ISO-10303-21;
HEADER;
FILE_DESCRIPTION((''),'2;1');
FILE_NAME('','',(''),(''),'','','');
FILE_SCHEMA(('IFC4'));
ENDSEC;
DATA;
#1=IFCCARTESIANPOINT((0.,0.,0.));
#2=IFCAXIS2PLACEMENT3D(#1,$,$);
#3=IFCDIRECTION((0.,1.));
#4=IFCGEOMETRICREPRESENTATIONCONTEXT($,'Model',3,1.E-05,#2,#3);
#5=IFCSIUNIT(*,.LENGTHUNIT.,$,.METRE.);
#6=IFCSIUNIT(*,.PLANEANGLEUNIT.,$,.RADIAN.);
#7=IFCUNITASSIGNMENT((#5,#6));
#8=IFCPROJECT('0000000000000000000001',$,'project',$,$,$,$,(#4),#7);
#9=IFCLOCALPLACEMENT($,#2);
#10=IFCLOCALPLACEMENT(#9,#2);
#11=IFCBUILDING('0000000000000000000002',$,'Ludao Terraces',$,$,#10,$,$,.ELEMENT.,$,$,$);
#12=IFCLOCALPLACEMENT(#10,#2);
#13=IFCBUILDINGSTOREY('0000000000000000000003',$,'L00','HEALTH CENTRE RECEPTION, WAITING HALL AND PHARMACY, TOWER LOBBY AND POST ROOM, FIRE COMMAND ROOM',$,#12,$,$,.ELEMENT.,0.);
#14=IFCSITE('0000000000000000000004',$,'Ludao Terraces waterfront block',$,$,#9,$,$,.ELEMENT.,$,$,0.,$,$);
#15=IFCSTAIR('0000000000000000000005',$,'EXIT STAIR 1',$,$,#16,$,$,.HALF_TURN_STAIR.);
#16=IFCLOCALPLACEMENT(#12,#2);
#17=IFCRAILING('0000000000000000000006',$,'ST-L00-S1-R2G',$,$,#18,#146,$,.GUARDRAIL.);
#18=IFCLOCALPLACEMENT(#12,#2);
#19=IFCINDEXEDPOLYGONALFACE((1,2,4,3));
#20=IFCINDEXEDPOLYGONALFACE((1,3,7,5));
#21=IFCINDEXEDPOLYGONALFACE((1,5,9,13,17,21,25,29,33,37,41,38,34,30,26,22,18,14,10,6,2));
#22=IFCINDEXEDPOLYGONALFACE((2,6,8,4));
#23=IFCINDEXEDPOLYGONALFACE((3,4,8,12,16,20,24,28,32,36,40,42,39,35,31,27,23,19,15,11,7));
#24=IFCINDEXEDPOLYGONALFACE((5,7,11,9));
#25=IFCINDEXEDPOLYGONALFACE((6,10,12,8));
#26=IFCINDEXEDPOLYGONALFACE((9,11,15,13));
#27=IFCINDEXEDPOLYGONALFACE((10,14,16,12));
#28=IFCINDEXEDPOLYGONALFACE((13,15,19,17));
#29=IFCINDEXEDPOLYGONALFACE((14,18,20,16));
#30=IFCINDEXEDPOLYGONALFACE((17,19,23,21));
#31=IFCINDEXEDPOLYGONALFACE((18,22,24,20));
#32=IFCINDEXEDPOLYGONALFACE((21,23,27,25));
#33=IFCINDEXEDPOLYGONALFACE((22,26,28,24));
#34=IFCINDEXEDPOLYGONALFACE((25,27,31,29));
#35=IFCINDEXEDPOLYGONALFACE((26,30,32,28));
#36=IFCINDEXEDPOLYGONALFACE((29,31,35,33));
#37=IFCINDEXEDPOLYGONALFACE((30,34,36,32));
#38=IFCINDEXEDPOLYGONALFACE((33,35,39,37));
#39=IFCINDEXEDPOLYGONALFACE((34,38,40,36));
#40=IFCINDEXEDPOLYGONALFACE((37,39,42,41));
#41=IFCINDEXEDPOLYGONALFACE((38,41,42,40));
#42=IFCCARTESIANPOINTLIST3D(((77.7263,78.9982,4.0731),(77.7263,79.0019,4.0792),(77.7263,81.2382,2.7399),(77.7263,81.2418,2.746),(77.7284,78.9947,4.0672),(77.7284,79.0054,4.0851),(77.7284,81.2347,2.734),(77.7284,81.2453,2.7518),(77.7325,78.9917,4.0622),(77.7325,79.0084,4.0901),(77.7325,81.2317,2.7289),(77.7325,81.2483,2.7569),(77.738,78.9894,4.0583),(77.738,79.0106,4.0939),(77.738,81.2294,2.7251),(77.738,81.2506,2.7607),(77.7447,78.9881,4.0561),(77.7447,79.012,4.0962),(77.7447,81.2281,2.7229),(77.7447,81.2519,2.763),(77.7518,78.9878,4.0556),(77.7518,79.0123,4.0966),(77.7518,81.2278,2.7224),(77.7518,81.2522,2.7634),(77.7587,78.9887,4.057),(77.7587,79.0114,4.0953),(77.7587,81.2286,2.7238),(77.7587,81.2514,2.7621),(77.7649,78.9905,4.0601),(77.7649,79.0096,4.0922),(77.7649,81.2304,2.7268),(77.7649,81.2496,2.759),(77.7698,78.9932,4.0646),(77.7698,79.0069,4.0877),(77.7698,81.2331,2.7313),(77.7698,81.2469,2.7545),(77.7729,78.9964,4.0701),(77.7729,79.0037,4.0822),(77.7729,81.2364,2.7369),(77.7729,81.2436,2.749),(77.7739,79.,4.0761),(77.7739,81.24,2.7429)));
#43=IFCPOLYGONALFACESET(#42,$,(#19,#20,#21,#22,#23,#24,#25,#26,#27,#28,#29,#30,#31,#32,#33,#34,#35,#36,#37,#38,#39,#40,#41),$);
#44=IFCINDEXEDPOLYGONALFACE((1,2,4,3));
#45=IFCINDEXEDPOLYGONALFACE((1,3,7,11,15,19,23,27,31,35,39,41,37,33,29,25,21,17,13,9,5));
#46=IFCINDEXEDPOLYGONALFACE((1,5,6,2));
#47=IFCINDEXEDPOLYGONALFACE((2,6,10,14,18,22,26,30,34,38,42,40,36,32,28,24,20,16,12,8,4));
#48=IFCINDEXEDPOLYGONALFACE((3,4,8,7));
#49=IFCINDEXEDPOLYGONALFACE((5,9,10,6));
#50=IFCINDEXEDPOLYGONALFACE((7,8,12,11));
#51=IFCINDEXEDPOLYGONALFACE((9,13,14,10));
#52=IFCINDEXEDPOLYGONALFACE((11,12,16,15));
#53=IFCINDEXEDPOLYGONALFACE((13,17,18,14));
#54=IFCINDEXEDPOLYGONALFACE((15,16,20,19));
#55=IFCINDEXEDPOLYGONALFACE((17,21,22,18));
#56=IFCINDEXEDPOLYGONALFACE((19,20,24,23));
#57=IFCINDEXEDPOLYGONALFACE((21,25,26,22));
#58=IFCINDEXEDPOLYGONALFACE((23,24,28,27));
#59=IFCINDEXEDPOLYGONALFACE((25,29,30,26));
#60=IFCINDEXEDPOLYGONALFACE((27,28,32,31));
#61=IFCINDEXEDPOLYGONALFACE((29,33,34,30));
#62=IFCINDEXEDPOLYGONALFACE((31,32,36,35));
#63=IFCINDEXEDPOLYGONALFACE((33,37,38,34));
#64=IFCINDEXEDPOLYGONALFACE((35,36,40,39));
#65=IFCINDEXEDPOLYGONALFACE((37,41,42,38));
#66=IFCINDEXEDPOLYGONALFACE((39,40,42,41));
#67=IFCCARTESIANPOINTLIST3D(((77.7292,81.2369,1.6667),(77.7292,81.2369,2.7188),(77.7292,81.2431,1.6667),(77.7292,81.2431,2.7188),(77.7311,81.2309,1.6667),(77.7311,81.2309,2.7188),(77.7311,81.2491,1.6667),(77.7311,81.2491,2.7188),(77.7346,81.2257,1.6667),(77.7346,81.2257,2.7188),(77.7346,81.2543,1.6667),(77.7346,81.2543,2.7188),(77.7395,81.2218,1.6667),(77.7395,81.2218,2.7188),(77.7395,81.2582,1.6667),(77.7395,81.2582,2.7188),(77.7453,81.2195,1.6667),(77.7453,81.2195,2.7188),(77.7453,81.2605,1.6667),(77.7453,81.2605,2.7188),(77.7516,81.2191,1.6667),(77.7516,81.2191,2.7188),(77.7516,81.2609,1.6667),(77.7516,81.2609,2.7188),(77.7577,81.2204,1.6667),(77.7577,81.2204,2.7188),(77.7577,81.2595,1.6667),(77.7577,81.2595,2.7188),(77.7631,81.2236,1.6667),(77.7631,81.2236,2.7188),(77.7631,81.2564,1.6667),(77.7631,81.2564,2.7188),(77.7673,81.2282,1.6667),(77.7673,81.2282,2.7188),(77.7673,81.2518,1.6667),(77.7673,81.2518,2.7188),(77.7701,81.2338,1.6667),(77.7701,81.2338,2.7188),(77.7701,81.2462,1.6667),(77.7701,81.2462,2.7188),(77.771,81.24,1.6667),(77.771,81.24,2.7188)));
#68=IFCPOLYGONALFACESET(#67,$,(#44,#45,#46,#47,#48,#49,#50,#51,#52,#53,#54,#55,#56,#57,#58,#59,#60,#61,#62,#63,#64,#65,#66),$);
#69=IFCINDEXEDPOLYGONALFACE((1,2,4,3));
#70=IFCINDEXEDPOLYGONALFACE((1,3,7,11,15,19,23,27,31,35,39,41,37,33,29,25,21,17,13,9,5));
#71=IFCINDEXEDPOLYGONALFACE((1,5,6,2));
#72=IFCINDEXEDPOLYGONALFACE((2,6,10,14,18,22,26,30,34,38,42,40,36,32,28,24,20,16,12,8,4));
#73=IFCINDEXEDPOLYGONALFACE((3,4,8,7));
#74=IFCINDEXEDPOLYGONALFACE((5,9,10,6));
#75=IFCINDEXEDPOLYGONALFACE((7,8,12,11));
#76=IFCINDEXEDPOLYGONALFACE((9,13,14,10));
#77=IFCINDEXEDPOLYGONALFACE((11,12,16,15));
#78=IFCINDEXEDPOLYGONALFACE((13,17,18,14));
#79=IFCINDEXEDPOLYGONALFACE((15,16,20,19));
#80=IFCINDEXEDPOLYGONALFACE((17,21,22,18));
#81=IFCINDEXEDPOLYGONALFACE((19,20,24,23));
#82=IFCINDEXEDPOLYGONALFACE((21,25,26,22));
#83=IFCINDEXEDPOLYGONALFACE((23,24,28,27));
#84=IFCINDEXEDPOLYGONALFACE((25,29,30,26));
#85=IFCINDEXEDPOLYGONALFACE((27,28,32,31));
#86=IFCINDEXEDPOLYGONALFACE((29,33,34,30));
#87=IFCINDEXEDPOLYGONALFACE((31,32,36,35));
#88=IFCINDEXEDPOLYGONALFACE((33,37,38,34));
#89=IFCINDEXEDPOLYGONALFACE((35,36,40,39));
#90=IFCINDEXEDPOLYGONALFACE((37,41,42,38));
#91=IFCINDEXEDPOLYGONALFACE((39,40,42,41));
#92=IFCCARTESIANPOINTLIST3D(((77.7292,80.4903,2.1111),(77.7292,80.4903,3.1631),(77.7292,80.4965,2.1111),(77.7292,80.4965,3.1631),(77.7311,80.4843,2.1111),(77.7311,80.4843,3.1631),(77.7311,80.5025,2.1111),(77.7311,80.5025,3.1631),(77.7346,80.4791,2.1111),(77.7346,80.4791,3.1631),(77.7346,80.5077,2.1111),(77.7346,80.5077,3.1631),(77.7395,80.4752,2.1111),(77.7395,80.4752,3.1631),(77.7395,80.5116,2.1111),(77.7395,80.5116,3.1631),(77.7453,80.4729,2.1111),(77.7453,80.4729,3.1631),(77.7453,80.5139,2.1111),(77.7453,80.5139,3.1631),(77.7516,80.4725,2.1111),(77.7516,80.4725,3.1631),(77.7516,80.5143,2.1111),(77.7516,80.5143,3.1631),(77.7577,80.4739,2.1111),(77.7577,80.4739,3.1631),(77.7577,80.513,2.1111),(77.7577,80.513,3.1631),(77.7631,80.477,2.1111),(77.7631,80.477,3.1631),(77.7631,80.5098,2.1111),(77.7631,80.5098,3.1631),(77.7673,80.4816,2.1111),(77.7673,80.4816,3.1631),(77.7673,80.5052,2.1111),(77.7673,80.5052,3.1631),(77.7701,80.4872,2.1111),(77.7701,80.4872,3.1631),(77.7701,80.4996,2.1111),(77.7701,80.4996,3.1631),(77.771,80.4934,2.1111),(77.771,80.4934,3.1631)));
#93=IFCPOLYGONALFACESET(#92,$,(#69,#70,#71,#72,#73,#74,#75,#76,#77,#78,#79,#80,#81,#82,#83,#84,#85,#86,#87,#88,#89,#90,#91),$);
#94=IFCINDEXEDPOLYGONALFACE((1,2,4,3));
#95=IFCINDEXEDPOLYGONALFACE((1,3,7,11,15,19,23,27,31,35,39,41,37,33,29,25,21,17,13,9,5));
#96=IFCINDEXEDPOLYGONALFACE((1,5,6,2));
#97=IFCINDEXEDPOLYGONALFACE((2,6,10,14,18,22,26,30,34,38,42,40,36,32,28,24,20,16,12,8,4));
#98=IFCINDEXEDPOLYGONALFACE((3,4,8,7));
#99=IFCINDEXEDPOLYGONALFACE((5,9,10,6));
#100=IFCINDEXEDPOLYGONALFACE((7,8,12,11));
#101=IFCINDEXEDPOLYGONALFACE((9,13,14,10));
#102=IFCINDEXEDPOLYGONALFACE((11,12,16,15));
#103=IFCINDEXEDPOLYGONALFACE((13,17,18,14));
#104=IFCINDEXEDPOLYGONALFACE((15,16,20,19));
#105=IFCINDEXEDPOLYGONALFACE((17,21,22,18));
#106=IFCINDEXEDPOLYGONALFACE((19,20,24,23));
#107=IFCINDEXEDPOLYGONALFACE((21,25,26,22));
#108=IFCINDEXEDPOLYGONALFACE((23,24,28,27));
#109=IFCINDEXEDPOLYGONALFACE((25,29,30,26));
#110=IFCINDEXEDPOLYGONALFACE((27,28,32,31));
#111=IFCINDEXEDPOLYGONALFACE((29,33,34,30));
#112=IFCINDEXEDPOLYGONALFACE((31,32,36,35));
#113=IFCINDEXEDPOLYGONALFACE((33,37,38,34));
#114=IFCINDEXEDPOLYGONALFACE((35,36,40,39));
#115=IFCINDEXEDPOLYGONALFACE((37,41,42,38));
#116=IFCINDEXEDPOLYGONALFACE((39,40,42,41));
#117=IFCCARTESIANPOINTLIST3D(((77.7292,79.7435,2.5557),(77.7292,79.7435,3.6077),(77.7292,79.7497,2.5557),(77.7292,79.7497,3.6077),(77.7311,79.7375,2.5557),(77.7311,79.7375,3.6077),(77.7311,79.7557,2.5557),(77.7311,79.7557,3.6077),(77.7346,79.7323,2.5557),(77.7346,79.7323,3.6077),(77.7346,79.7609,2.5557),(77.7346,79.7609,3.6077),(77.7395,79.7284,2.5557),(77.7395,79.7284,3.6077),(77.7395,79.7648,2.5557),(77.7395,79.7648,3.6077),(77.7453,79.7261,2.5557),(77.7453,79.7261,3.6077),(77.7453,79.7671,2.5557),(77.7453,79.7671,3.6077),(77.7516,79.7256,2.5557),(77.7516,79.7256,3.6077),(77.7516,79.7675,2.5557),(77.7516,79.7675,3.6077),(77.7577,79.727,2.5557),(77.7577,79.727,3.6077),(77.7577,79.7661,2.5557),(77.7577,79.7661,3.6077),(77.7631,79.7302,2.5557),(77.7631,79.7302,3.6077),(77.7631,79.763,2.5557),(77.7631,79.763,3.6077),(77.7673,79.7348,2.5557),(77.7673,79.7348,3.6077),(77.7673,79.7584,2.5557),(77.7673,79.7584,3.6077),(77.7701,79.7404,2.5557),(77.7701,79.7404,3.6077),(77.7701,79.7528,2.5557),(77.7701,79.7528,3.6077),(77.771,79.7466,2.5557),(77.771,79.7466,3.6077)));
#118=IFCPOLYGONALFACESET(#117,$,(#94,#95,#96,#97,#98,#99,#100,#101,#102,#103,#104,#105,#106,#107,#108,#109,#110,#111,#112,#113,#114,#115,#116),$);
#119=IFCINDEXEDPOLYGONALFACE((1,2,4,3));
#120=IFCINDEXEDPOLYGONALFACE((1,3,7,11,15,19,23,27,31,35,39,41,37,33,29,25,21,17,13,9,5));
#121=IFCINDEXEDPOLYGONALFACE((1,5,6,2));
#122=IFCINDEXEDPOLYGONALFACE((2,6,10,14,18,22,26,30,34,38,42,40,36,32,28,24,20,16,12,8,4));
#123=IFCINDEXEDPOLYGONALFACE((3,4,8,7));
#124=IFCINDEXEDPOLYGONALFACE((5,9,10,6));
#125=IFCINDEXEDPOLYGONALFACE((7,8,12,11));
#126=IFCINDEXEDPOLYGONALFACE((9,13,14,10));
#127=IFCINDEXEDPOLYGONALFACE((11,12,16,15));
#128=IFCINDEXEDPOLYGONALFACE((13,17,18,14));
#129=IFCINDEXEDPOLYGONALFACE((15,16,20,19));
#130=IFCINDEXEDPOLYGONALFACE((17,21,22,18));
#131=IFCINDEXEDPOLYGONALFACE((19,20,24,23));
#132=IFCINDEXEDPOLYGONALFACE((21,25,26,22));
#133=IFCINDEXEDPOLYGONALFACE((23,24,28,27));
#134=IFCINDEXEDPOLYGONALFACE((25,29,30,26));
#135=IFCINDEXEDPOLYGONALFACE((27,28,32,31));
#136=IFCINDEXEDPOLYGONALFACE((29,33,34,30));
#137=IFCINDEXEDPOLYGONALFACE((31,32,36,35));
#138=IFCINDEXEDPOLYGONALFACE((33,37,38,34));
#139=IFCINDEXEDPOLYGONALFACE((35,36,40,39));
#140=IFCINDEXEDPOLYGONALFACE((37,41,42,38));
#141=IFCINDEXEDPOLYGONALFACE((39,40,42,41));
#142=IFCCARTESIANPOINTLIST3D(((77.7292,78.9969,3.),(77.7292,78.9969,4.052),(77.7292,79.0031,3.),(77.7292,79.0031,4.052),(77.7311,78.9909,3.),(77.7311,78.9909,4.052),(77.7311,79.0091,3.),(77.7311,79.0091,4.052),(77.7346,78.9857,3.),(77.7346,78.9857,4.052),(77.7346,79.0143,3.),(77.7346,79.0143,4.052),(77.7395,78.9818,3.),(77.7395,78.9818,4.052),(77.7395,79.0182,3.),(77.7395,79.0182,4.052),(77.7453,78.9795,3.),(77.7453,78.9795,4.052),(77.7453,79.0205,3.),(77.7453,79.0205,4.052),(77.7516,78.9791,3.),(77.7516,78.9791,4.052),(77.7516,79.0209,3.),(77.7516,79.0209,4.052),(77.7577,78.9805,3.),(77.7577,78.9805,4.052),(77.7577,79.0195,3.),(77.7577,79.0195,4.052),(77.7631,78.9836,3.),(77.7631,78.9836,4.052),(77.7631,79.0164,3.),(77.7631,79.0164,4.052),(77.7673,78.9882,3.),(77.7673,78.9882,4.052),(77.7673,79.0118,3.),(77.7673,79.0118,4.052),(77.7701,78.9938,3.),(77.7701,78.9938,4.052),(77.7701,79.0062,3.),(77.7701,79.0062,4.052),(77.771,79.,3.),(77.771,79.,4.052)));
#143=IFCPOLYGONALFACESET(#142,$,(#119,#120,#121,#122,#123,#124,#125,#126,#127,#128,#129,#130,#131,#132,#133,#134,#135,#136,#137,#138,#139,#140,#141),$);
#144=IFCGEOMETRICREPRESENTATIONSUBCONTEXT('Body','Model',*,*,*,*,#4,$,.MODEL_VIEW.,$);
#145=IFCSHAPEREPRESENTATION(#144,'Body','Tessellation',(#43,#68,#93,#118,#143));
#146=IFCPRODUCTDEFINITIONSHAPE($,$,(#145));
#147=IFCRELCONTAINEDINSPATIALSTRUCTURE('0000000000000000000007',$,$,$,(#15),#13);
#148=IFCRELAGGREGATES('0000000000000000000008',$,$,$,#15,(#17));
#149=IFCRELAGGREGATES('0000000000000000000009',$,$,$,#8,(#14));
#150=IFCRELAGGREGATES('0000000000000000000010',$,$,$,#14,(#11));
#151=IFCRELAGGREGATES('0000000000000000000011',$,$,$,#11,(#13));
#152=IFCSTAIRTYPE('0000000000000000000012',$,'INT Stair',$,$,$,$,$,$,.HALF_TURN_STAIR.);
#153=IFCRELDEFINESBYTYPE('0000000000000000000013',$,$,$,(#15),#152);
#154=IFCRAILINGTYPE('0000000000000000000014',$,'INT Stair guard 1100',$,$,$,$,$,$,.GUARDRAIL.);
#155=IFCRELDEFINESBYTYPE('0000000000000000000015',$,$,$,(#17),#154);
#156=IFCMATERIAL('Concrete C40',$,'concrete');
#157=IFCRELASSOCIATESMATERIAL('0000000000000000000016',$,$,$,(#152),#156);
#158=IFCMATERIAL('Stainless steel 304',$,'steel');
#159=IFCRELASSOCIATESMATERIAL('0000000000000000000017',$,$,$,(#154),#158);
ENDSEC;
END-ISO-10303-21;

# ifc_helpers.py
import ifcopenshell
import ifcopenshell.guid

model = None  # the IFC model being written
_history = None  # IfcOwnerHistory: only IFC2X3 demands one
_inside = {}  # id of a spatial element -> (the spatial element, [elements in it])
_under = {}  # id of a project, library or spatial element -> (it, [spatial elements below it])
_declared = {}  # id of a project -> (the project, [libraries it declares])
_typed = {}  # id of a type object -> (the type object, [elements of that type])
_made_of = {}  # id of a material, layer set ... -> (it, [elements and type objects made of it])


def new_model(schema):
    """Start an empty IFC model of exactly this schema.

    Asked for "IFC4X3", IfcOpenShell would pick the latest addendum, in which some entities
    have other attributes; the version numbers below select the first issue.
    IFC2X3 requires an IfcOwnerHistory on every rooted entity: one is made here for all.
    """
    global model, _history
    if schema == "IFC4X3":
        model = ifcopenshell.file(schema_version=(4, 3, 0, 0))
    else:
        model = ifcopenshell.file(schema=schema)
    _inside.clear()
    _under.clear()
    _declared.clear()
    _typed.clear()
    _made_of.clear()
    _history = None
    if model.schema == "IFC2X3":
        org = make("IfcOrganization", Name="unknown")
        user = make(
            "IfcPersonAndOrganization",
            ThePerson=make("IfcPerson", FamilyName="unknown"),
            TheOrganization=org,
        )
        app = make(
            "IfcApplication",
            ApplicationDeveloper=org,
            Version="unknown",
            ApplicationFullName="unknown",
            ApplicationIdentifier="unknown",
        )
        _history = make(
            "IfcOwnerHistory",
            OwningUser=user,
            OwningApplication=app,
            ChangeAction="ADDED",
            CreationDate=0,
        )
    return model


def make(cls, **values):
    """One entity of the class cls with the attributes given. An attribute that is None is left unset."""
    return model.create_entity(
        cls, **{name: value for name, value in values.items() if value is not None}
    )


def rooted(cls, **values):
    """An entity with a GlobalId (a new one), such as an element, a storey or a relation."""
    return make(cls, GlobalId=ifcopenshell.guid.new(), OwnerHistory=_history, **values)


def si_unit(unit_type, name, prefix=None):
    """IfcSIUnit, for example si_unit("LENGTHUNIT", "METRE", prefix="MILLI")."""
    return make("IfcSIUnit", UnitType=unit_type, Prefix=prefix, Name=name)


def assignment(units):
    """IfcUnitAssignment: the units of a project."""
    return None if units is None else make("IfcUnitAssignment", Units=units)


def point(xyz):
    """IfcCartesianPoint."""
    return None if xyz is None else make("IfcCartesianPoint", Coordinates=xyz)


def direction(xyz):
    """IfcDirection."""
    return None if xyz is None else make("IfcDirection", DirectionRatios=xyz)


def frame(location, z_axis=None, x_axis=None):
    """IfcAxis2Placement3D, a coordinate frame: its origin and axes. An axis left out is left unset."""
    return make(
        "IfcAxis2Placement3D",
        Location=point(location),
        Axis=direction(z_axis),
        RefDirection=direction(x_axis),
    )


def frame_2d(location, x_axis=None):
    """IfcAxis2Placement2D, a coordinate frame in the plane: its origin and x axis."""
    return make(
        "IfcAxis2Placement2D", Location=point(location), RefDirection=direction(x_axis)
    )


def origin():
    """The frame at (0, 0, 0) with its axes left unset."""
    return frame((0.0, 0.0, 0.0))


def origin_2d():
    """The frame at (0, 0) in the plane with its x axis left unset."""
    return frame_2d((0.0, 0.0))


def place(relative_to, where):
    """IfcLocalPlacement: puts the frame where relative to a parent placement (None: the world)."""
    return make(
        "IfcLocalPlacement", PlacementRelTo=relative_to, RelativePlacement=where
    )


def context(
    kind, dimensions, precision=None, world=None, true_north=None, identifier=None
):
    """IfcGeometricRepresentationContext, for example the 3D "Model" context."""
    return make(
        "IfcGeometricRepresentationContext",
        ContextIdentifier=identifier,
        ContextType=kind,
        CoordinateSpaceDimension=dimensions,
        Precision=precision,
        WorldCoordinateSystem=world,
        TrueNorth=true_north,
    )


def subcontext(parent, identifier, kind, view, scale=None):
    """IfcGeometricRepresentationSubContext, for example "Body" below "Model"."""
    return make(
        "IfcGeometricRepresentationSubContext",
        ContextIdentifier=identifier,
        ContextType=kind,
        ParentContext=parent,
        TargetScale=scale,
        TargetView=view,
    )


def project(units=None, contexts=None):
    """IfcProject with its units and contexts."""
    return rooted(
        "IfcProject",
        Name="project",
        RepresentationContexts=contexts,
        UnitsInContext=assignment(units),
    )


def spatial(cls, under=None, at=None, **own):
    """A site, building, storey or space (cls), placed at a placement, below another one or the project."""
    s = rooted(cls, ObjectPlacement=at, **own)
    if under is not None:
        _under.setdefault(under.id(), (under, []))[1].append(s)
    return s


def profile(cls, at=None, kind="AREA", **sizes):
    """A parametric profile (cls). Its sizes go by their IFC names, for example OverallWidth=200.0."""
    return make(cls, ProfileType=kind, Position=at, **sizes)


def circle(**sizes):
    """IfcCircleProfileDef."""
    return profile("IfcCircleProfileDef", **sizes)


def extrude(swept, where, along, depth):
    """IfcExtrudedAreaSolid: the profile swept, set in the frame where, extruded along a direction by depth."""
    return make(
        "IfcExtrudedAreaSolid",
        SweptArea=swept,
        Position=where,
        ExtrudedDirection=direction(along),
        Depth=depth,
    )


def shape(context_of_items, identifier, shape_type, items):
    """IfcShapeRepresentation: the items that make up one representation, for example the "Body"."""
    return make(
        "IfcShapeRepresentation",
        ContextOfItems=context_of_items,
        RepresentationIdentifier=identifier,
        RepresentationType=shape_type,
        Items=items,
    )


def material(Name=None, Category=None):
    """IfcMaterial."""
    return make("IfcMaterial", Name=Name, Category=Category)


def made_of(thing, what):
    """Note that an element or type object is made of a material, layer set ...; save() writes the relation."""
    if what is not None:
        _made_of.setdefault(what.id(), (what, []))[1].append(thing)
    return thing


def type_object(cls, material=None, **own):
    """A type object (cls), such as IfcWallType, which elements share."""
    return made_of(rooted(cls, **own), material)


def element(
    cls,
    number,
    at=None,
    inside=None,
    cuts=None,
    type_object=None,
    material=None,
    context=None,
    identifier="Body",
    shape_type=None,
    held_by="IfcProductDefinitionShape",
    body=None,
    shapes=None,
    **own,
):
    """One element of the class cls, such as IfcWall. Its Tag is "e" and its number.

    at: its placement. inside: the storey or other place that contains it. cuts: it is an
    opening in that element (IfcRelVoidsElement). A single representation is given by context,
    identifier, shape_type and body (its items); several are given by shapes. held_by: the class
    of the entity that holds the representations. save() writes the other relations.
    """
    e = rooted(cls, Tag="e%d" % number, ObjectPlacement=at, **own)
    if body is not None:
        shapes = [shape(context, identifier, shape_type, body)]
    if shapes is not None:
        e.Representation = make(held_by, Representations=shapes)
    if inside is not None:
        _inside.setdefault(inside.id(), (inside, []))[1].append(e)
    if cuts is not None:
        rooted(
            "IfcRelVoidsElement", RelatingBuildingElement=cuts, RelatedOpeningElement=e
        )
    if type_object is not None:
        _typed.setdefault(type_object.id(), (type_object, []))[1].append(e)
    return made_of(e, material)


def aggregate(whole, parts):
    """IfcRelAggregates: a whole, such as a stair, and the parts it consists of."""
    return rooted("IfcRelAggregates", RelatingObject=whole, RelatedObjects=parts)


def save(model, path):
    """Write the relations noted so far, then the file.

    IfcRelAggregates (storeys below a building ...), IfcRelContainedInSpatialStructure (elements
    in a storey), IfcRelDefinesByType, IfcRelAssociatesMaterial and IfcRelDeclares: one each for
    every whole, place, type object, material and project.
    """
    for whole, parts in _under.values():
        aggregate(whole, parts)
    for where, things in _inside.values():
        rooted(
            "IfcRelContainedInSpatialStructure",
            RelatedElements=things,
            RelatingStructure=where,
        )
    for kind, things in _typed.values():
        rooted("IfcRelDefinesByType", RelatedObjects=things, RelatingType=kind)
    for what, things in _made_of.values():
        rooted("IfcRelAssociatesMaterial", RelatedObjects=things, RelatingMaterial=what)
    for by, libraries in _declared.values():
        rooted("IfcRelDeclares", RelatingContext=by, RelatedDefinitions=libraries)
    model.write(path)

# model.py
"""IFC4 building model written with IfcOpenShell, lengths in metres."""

from ifc_helpers import new_model, si_unit, direction, frame, origin, origin_2d, place, context, subcontext, project, spatial, circle, extrude, material, type_object, element, aggregate, save


model = new_model("IFC4")

# Units and contexts
model_context = context("Model", 3, precision=1e-05, world=origin(), true_north=direction((0.0, 1.0)))
body_context = subcontext(model_context, "Body", "Model", "MODEL_VIEW")
ifc_project = project(units=[si_unit("LENGTHUNIT", "METRE"), si_unit("PLANEANGLEUNIT", "RADIAN")], contexts=[model_context])

# Site, building, storey
site_placement = place(None, origin())
site = spatial("IfcSite", under=ifc_project, at=site_placement, Name="Ludao Terraces waterfront block", CompositionType="ELEMENT", RefElevation=0.0)
building_placement = place(site_placement, origin())
building = spatial("IfcBuilding", under=site, at=building_placement, Name="Ludao Terraces", CompositionType="ELEMENT")
storey_placement = place(building_placement, origin())
storey = spatial("IfcBuildingStorey", under=building, at=storey_placement, Name="L00", Description="HEALTH CENTRE RECEPTION, WAITING HALL AND PHARMACY, TOWER LOBBY AND POST ROOM, FIRE COMMAND ROOM", CompositionType="ELEMENT", Elevation=0.0)

# Shared definitions
ifc_material_1 = material(Name="Concrete C40", Category="concrete")

# Stair, railing
stair_type = type_object("IfcStairType", Name="INT Stair", PredefinedType="HALF_TURN_STAIR", material=ifc_material_1)
stair_placement = place(storey_placement, origin())
stair = element("IfcStair", 1, at=stair_placement, inside=storey, type_object=stair_type, Name="EXIT STAIR 1", PredefinedType="HALF_TURN_STAIR")
ifc_material_2 = material(Name="Stainless steel 304", Category="steel")
railing_type_1 = type_object("IfcRailingType", Name="INT Stair guard 1100", PredefinedType="GUARDRAIL", material=ifc_material_2)
railing_1_placement = place(storey_placement, frame((77.75, 81.24, 1.6667)))
railing_1 = element("IfcRailing", 2, at=railing_1_placement, type_object=railing_type_1, Name="ST-L00-S1-R2G", PredefinedType="GUARDRAIL", context=body_context, shape_type="SweptSolid", body=[
    extrude(circle(Radius=0.0239, at=origin_2d()), frame((0.0, 0.0, 1.0762), z_axis=(0.0, -0.859306, 0.511462), x_axis=(1.0, 0.0, 0.0)), (0.0, 0.0, 1.0), 2.6067),
    extrude(circle(Radius=0.021, at=origin_2d()), origin(), (0.0, 0.0, 1.0), 1.052),
    extrude(circle(Radius=0.021, at=origin_2d()), frame((0.0, -0.7466, 0.4443)), (0.0, 0.0, 1.0), 1.052),
    extrude(circle(Radius=0.021, at=origin_2d()), frame((0.0, -1.4934, 0.8889)), (0.0, 0.0, 1.0), 1.052),
    extrude(circle(Radius=0.021, at=origin_2d()), frame((0.0, -2.24, 1.3333)), (0.0, 0.0, 1.0), 1.052),
])
aggregate(stair, [railing_1])

save(model, "model.ifc")
